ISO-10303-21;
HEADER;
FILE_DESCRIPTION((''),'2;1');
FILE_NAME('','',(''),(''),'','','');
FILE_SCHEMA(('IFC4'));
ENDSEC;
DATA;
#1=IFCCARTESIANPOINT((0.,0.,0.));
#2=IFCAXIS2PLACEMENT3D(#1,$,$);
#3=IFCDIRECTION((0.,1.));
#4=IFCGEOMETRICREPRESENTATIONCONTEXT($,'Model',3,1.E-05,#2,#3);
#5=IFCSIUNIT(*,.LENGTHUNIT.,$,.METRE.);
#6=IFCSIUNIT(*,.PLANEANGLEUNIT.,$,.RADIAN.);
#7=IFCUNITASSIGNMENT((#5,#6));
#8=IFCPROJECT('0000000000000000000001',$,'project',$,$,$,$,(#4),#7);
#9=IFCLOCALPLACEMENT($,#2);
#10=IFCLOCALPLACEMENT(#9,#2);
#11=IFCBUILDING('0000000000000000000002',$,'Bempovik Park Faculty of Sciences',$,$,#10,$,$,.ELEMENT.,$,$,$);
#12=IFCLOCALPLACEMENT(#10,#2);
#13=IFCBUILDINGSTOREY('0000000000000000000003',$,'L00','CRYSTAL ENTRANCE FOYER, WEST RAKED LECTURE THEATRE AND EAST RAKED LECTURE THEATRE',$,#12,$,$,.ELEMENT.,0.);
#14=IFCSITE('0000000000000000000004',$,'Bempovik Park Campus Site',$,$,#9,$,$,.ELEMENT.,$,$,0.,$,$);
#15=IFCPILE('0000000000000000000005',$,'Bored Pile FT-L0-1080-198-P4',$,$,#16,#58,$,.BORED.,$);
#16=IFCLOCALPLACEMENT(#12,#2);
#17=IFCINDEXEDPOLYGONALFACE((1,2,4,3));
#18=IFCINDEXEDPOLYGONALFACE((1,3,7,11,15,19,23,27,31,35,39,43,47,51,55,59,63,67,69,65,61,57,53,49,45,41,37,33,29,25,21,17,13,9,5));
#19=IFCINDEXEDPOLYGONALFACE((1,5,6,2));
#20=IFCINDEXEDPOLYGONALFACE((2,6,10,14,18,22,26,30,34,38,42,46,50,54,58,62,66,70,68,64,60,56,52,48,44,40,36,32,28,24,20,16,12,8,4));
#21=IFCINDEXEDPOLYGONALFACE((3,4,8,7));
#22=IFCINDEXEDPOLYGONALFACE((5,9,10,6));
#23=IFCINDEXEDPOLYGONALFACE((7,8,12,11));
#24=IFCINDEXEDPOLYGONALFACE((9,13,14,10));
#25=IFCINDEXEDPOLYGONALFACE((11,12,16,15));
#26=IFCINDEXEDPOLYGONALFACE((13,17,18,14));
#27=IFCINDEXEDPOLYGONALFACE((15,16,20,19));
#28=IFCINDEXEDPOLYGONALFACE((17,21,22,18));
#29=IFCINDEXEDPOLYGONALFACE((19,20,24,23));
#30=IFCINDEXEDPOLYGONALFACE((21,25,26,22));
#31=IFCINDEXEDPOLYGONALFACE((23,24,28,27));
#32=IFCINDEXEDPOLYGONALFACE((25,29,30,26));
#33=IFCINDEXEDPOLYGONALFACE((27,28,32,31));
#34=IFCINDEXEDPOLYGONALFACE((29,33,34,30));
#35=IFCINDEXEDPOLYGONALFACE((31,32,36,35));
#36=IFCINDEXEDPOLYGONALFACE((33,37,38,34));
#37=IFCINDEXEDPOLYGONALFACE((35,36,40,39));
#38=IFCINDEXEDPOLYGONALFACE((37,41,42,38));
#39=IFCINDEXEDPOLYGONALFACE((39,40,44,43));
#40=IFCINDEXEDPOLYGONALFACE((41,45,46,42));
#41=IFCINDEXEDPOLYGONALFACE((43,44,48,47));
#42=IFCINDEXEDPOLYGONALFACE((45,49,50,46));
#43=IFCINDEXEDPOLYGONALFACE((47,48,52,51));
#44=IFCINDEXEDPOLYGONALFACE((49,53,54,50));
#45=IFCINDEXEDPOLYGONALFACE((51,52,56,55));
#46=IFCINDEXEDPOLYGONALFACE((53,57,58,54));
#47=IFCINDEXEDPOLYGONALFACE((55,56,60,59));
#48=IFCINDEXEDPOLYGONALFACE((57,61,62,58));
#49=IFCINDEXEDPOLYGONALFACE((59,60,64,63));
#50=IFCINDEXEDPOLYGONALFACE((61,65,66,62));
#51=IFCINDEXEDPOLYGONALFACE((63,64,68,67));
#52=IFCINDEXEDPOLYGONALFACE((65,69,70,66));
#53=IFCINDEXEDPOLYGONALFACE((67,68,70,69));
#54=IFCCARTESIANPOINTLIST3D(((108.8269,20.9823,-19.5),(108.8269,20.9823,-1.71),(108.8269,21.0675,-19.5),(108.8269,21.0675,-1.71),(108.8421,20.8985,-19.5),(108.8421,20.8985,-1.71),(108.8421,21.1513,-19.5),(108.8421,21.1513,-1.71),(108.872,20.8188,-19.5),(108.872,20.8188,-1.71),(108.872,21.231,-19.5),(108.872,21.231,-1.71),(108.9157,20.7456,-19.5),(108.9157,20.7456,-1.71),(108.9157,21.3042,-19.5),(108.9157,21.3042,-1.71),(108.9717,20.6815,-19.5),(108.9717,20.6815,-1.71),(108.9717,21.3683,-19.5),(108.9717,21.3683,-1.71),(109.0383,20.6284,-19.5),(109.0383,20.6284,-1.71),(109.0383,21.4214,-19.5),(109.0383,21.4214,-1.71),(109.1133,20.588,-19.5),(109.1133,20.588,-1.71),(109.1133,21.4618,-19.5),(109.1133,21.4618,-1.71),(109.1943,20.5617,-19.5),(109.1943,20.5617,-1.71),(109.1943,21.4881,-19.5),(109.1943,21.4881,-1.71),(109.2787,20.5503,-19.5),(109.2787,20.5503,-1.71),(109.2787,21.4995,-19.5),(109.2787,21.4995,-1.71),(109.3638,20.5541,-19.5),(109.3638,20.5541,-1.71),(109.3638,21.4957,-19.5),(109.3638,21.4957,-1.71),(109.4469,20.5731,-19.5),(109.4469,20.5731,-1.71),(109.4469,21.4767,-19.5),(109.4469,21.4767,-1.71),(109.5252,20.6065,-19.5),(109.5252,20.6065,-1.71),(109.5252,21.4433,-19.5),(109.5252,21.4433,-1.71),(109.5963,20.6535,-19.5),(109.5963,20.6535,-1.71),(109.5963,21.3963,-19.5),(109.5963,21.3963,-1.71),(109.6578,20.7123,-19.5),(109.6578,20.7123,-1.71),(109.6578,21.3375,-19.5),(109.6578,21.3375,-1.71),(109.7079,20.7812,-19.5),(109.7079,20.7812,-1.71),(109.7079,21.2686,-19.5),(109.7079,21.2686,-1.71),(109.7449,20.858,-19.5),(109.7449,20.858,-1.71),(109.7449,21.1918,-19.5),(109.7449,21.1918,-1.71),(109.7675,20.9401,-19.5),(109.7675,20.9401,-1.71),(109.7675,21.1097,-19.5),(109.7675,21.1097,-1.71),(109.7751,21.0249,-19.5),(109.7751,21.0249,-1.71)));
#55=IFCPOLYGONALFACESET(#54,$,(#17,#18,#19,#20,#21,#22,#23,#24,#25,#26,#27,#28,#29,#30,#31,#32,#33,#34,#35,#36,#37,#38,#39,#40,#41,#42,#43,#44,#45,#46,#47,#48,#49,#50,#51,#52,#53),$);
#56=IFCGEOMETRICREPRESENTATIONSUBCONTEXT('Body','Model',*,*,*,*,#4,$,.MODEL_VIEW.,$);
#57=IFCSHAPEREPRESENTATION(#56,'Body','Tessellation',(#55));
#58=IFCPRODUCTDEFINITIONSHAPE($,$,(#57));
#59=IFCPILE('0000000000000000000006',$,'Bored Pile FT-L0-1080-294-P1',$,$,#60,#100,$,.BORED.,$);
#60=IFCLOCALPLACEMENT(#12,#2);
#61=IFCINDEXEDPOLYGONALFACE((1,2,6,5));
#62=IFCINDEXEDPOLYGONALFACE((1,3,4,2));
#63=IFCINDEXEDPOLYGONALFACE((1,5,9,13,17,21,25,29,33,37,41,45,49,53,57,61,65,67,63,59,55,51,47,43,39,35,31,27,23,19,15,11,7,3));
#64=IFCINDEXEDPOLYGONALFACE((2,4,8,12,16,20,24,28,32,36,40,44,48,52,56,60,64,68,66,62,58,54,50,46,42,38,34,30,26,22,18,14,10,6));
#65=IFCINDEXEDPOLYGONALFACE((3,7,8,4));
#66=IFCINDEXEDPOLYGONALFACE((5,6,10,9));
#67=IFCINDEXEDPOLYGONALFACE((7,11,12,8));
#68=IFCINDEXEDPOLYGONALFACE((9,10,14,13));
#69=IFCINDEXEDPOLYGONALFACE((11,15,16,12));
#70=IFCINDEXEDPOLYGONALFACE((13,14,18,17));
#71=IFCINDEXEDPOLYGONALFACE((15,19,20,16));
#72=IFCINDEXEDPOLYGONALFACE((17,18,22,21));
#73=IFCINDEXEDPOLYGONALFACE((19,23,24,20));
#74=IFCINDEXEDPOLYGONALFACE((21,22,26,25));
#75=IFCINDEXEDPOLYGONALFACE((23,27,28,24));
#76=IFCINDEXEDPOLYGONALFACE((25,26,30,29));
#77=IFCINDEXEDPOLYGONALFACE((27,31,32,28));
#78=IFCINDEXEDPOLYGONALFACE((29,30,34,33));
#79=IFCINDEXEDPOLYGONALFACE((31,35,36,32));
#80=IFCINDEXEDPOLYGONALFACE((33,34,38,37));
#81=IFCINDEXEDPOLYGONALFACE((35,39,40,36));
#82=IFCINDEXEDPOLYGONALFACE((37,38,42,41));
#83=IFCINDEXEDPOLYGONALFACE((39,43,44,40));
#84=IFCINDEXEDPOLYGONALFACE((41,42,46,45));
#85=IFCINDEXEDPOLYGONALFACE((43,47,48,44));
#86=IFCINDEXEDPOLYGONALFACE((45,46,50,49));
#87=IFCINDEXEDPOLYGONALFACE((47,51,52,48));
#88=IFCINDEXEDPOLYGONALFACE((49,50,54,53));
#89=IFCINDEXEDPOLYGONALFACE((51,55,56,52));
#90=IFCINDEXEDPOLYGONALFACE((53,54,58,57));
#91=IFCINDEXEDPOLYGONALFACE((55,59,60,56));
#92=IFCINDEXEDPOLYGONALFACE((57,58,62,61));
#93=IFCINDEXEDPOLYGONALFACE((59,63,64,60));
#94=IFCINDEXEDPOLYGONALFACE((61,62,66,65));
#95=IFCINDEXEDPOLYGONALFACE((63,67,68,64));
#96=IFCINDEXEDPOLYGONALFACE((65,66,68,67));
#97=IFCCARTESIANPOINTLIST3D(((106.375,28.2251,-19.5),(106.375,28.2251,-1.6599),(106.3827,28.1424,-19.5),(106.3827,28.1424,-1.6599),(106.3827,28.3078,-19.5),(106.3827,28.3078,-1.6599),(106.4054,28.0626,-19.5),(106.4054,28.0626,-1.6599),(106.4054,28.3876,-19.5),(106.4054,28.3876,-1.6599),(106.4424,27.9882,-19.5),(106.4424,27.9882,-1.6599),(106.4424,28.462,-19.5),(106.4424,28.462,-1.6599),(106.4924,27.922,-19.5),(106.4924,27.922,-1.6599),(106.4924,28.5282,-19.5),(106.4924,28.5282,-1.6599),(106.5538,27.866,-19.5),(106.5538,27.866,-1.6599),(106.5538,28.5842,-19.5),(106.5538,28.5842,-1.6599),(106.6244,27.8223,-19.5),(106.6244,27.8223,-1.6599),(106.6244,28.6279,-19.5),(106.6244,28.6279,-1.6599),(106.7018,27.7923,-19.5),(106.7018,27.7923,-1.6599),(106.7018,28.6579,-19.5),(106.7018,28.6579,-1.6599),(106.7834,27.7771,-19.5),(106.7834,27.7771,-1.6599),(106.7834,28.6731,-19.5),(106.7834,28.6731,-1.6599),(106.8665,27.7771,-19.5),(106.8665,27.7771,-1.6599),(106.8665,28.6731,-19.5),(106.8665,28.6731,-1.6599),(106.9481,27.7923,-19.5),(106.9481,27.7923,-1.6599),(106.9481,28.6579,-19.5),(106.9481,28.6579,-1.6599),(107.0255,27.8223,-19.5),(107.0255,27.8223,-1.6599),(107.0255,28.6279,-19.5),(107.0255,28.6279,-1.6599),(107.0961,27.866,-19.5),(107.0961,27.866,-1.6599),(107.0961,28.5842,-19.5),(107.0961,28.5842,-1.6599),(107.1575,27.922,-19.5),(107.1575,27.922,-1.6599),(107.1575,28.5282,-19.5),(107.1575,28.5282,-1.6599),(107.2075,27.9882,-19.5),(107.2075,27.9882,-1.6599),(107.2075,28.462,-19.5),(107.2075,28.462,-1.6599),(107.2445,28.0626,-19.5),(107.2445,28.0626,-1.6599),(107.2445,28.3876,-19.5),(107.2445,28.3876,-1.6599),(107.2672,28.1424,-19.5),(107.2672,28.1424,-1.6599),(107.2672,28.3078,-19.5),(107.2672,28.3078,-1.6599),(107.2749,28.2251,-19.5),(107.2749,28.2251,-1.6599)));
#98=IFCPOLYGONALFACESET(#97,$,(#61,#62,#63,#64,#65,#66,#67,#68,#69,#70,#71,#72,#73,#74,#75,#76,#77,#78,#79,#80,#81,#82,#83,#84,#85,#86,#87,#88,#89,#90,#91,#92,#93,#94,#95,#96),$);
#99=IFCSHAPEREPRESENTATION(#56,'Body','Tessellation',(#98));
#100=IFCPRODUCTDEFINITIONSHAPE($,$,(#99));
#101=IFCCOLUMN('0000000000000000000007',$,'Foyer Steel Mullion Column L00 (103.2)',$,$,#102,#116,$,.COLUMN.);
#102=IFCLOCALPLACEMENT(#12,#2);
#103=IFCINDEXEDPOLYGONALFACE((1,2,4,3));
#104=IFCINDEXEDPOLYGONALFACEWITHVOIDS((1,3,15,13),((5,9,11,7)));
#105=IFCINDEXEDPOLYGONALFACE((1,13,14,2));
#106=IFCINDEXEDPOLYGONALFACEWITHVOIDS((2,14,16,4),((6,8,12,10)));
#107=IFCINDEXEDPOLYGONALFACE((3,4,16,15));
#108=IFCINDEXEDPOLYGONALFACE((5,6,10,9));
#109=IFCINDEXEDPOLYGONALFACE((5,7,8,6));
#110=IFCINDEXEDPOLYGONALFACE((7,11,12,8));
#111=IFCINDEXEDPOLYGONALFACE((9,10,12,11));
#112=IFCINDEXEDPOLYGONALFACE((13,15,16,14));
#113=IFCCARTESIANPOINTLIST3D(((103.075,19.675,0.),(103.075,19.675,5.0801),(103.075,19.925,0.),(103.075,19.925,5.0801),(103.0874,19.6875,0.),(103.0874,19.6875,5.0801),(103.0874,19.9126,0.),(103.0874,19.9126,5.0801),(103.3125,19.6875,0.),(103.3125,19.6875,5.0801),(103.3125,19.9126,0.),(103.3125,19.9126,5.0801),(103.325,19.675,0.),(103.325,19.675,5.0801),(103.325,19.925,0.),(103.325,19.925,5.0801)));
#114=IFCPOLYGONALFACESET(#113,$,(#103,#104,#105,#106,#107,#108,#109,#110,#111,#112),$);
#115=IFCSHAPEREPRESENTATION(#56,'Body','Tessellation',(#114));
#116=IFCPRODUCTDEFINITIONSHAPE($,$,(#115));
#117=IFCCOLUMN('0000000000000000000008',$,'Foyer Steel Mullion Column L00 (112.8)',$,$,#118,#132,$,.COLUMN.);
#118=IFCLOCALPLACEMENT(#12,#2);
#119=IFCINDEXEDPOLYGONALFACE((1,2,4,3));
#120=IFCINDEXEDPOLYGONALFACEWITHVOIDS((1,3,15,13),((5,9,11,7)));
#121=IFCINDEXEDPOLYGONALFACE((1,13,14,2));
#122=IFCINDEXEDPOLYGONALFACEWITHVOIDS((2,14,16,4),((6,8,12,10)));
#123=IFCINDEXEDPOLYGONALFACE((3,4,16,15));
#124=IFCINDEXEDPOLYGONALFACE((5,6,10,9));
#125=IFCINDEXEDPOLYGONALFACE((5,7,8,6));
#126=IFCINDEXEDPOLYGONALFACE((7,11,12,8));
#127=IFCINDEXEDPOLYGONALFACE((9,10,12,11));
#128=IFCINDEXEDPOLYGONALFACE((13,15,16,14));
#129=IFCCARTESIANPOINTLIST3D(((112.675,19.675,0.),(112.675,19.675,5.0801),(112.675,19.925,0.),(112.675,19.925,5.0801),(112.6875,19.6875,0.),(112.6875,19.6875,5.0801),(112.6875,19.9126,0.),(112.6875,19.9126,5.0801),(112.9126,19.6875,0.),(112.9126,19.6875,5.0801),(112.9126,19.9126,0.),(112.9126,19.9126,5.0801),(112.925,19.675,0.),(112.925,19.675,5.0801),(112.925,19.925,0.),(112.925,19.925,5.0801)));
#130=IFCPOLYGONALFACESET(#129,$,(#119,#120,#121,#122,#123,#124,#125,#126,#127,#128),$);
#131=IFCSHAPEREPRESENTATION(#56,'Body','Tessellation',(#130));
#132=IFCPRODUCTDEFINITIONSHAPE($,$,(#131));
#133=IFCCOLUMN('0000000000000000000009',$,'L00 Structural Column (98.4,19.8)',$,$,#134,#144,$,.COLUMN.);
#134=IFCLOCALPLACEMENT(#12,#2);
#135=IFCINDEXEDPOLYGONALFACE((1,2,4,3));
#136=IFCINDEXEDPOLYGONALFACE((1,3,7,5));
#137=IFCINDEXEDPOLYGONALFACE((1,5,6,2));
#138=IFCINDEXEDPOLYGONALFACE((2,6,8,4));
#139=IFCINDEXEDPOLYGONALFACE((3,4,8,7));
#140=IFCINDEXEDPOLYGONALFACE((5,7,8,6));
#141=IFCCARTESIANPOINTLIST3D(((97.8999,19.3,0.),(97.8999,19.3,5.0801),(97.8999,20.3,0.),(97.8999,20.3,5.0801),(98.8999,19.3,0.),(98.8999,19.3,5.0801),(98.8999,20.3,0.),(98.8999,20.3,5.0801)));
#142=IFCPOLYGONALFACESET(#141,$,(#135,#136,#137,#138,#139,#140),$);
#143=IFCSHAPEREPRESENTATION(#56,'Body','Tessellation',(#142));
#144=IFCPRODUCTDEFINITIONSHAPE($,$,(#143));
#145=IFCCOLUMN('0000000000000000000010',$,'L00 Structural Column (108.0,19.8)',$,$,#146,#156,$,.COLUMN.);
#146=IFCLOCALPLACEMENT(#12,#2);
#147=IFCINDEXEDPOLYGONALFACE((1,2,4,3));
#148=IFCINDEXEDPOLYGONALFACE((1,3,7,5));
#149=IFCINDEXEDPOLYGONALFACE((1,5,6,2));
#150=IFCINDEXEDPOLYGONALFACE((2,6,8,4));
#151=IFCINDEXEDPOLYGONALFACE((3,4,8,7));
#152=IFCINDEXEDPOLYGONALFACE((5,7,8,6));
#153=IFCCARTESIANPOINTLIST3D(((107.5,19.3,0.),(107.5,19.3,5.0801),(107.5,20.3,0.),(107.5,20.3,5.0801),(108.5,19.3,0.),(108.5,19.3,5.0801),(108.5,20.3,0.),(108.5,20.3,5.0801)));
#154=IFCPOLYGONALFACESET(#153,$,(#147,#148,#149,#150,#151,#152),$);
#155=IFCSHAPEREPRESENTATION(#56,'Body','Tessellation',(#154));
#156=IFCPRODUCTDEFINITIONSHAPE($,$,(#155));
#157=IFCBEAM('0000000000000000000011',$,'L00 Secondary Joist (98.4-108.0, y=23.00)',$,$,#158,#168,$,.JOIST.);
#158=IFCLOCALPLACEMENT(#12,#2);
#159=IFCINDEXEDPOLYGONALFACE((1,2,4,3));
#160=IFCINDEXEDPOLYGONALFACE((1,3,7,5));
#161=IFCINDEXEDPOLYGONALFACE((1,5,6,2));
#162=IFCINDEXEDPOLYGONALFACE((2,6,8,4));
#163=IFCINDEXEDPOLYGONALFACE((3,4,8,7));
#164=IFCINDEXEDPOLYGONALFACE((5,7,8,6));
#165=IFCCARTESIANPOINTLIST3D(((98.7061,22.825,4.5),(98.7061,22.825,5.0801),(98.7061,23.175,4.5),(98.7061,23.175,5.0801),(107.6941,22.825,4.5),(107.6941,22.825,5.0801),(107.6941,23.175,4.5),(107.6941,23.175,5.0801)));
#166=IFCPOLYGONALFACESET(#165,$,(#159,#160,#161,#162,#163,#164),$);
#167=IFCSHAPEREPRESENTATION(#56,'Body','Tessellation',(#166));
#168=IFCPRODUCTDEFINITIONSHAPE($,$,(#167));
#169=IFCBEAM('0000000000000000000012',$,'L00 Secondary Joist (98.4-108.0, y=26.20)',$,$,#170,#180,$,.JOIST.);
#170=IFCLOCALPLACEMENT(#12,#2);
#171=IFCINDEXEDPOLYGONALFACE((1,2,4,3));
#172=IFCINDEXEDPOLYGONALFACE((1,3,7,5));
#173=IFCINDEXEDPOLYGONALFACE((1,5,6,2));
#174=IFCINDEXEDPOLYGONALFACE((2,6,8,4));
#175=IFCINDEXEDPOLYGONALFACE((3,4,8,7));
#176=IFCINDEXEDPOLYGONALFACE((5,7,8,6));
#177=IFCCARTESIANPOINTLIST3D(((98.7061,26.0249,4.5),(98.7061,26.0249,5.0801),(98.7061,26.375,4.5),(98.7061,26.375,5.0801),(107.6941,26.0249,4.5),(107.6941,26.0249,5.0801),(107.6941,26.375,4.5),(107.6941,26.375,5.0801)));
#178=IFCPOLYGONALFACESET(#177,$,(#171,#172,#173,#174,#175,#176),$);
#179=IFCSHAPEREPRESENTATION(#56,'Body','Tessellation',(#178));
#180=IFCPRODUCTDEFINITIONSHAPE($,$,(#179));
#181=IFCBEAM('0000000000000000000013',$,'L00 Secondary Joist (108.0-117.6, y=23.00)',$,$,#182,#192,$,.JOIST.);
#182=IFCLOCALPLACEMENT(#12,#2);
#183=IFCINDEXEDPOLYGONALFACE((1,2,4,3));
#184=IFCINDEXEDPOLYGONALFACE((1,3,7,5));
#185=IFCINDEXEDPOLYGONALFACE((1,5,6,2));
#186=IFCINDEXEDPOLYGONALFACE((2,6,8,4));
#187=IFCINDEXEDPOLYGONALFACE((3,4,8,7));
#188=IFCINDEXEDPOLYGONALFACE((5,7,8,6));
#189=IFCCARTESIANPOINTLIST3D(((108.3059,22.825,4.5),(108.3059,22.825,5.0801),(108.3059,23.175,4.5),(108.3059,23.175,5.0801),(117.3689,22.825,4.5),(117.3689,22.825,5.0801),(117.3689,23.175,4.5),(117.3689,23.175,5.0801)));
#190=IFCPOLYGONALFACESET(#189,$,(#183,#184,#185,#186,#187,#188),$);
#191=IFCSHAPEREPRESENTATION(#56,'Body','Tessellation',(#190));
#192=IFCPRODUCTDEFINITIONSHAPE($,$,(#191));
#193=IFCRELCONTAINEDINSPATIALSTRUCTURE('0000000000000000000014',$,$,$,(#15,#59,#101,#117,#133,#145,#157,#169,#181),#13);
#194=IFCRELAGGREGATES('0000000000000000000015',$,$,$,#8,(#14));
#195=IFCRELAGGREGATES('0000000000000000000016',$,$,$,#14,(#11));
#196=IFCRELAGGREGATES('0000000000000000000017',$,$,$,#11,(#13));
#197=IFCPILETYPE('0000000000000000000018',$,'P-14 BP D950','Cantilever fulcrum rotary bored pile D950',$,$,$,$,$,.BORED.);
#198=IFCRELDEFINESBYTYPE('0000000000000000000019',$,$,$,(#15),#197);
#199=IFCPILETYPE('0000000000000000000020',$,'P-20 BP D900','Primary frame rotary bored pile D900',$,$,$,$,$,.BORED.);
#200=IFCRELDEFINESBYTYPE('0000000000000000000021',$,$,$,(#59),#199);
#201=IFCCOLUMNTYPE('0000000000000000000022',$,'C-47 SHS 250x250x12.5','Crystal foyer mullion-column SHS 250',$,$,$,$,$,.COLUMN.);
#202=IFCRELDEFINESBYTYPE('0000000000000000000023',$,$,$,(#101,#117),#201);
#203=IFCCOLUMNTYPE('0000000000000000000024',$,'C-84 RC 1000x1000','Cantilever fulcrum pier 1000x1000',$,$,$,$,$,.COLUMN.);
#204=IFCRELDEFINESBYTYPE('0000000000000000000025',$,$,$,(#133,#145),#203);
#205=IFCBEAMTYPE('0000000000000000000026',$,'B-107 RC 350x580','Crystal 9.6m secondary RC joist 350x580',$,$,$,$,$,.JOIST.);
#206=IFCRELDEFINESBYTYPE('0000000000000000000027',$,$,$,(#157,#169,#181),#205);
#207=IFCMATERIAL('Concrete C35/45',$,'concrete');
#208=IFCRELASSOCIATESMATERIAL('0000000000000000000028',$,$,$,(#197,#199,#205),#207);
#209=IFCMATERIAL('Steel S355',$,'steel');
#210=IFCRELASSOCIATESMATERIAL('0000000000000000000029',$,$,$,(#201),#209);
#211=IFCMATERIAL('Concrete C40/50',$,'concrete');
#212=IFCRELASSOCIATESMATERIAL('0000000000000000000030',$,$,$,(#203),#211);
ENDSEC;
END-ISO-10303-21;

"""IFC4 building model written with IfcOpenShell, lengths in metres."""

from ifc_helpers import new_model, si_unit, direction, frame, origin, origin_2d, place, context, subcontext, project, spatial, rectangle, hollow_rectangle, circle, extrude, material, material_profile, profile_set, type_object, element, save


model = new_model("IFC4")

# Units and contexts
model_context = context("Model", 3, precision=1e-05, world=origin(), true_north=direction((0.0, 1.0)))
body_context = subcontext(model_context, "Body", "Model", "MODEL_VIEW")
ifc_project = project(units=[si_unit("LENGTHUNIT", "METRE"), si_unit("PLANEANGLEUNIT", "RADIAN")], contexts=[model_context])

# Site, building, storey
site_placement = place(None, origin())
site = spatial("IfcSite", under=ifc_project, at=site_placement, Name="Bempovik Park Campus Site", CompositionType="ELEMENT", RefElevation=0.0)
building_placement = place(site_placement, origin())
building = spatial("IfcBuilding", under=site, at=building_placement, Name="Bempovik Park Faculty of Sciences", CompositionType="ELEMENT")
storey_placement = place(building_placement, origin())
storey = spatial("IfcBuildingStorey", under=building, at=storey_placement, Name="L00", Description="CRYSTAL ENTRANCE FOYER, WEST RAKED LECTURE THEATRE AND EAST RAKED LECTURE THEATRE", CompositionType="ELEMENT", Elevation=0.0)

# Shared definitions
ifc_material_1 = material(Name="Concrete C35/45", Category="concrete")

# Piles
ifc_material_profile_1 = material_profile(ifc_material_1, circle(Radius=0.4751, at=origin_2d()), Name="BP D950")
ifc_profile_set_1 = profile_set([ifc_material_profile_1], Name="Concrete C35/45")
pile_type_1 = type_object("IfcPileType", Name="P-14 BP D950", Description="Cantilever fulcrum rotary bored pile D950", PredefinedType="BORED", material=ifc_profile_set_1)
for number, where, z_axis, x_axis, name in (
    (1, (109.3, 21.0249, -1.71), (0.0, 0.0, -1.0), (1.0, 0.0, 0.0), "Bored Pile FT-L0-1080-198-P4"),
):
    element("IfcPile", number, at=place(storey_placement, frame(where, z_axis=z_axis, x_axis=x_axis)), inside=storey, type_object=pile_type_1, Name=name, PredefinedType="BORED", context=body_context, shape_type="SweptSolid", body=[
        extrude(circle(Radius=0.4751, at=origin_2d()), origin(), (0.0, 0.0, 1.0), 17.79),
    ])
ifc_material_profile_2 = material_profile(ifc_material_1, circle(Radius=0.45, at=origin_2d()), Name="BP D900")
ifc_profile_set_2 = profile_set([ifc_material_profile_2], Name="Concrete C35/45")
pile_type_2 = type_object("IfcPileType", Name="P-20 BP D900", Description="Primary frame rotary bored pile D900", PredefinedType="BORED", material=ifc_profile_set_2)
pile_placement = place(storey_placement, frame((106.825, 28.2251, -1.6599), z_axis=(0.0, 0.0, -1.0), x_axis=(1.0, 0.0, 0.0)))
element("IfcPile", 2, at=pile_placement, inside=storey, type_object=pile_type_2, Name="Bored Pile FT-L0-1080-294-P1", PredefinedType="BORED", context=body_context, shape_type="SweptSolid", body=[
    extrude(circle(Radius=0.45, at=origin_2d()), origin(), (0.0, 0.0, 1.0), 17.8401),
])

# Columns
ifc_material_2 = material(Name="Steel S355", Category="steel")
ifc_material_profile_3 = material_profile(ifc_material_2, hollow_rectangle(XDim=0.25, YDim=0.25, WallThickness=0.0125, at=origin_2d()), Name="SHS 250x250x12.5")
ifc_profile_set_3 = profile_set([ifc_material_profile_3], Name="Steel S355")
column_type_1 = type_object("IfcColumnType", Name="C-47 SHS 250x250x12.5", Description="Crystal foyer mullion-column SHS 250", PredefinedType="COLUMN", material=ifc_profile_set_3)
for number, where, z_axis, x_axis, name in (
    (3, (103.2, 19.8, 0.0), (0.0, 0.0, 1.0), (1.0, 0.0, 0.0), "Foyer Steel Mullion Column L00 (103.2)"),
    (4, (112.8, 19.8, 0.0), (0.0, 0.0, 1.0), (1.0, 0.0, 0.0), "Foyer Steel Mullion Column L00 (112.8)"),
):
    element("IfcColumn", number, at=place(storey_placement, frame(where, z_axis=z_axis, x_axis=x_axis)), inside=storey, type_object=column_type_1, Name=name, PredefinedType="COLUMN", context=body_context, shape_type="SweptSolid", body=[
        extrude(hollow_rectangle(XDim=0.25, YDim=0.25, WallThickness=0.0125, at=origin_2d()), origin(), (0.0, 0.0, 1.0), 5.0801),
    ])
ifc_material_3 = material(Name="Concrete C40/50", Category="concrete")
ifc_material_profile_4 = material_profile(ifc_material_3, rectangle(XDim=1.0, YDim=1.0, at=origin_2d()), Name="RC 1000x1000")
ifc_profile_set_4 = profile_set([ifc_material_profile_4], Name="Concrete C40/50")
column_type_2 = type_object("IfcColumnType", Name="C-84 RC 1000x1000", Description="Cantilever fulcrum pier 1000x1000", PredefinedType="COLUMN", material=ifc_profile_set_4)
for number, where, z_axis, x_axis, name in (
    (5, (98.3999, 19.8, 0.0), (0.0, 0.0, 1.0), (1.0, 0.0, 0.0), "L00 Structural Column (98.4,19.8)"),
    (6, (108.0, 19.8, 0.0), (0.0, 0.0, 1.0), (1.0, 0.0, 0.0), "L00 Structural Column (108.0,19.8)"),
):
    element("IfcColumn", number, at=place(storey_placement, frame(where, z_axis=z_axis, x_axis=x_axis)), inside=storey, type_object=column_type_2, Name=name, PredefinedType="COLUMN", context=body_context, shape_type="SweptSolid", body=[
        extrude(rectangle(XDim=1.0, YDim=1.0, at=origin_2d()), origin(), (0.0, 0.0, 1.0), 5.0801),
    ])

# Beams
ifc_material_profile_5 = material_profile(ifc_material_1, rectangle(XDim=0.3501, YDim=0.5801, at=origin_2d()), Name="RC 350x580")
ifc_profile_set_5 = profile_set([ifc_material_profile_5], Name="Concrete C35/45")
beam_type_1 = type_object("IfcBeamType", Name="B-107 RC 350x580", Description="Crystal 9.6m secondary RC joist 350x580", PredefinedType="JOIST", material=ifc_profile_set_5)
for number, where, z_axis, x_axis, name in (
    (7, (98.7061, 23.0, 4.79), (1.0, 0.0, 0.0), (0.0, 1.0, 0.0), "L00 Secondary Joist (98.4-108.0, y=23.00)"),
    (8, (98.7061, 26.2, 4.79), (1.0, 0.0, 0.0), (0.0, 1.0, 0.0), "L00 Secondary Joist (98.4-108.0, y=26.20)"),
):
    element("IfcBeam", number, at=place(storey_placement, frame(where, z_axis=z_axis, x_axis=x_axis)), inside=storey, type_object=beam_type_1, Name=name, PredefinedType="JOIST", context=body_context, shape_type="SweptSolid", body=[
        extrude(rectangle(XDim=0.3501, YDim=0.5801, at=origin_2d()), origin(), (0.0, 0.0, 1.0), 8.988),
    ])
for number, where, z_axis, x_axis, name in (
    (9, (108.3059, 23.0, 4.79), (1.0, 0.0, 0.0), (0.0, 1.0, 0.0), "L00 Secondary Joist (108.0-117.6, y=23.00)"),
):
    element("IfcBeam", number, at=place(storey_placement, frame(where, z_axis=z_axis, x_axis=x_axis)), inside=storey, type_object=beam_type_1, Name=name, PredefinedType="JOIST", context=body_context, shape_type="SweptSolid", body=[
        extrude(rectangle(XDim=0.3501, YDim=0.5801, at=origin_2d()), origin(), (0.0, 0.0, 1.0), 9.063),
    ])

save(model, "model.ifc")
